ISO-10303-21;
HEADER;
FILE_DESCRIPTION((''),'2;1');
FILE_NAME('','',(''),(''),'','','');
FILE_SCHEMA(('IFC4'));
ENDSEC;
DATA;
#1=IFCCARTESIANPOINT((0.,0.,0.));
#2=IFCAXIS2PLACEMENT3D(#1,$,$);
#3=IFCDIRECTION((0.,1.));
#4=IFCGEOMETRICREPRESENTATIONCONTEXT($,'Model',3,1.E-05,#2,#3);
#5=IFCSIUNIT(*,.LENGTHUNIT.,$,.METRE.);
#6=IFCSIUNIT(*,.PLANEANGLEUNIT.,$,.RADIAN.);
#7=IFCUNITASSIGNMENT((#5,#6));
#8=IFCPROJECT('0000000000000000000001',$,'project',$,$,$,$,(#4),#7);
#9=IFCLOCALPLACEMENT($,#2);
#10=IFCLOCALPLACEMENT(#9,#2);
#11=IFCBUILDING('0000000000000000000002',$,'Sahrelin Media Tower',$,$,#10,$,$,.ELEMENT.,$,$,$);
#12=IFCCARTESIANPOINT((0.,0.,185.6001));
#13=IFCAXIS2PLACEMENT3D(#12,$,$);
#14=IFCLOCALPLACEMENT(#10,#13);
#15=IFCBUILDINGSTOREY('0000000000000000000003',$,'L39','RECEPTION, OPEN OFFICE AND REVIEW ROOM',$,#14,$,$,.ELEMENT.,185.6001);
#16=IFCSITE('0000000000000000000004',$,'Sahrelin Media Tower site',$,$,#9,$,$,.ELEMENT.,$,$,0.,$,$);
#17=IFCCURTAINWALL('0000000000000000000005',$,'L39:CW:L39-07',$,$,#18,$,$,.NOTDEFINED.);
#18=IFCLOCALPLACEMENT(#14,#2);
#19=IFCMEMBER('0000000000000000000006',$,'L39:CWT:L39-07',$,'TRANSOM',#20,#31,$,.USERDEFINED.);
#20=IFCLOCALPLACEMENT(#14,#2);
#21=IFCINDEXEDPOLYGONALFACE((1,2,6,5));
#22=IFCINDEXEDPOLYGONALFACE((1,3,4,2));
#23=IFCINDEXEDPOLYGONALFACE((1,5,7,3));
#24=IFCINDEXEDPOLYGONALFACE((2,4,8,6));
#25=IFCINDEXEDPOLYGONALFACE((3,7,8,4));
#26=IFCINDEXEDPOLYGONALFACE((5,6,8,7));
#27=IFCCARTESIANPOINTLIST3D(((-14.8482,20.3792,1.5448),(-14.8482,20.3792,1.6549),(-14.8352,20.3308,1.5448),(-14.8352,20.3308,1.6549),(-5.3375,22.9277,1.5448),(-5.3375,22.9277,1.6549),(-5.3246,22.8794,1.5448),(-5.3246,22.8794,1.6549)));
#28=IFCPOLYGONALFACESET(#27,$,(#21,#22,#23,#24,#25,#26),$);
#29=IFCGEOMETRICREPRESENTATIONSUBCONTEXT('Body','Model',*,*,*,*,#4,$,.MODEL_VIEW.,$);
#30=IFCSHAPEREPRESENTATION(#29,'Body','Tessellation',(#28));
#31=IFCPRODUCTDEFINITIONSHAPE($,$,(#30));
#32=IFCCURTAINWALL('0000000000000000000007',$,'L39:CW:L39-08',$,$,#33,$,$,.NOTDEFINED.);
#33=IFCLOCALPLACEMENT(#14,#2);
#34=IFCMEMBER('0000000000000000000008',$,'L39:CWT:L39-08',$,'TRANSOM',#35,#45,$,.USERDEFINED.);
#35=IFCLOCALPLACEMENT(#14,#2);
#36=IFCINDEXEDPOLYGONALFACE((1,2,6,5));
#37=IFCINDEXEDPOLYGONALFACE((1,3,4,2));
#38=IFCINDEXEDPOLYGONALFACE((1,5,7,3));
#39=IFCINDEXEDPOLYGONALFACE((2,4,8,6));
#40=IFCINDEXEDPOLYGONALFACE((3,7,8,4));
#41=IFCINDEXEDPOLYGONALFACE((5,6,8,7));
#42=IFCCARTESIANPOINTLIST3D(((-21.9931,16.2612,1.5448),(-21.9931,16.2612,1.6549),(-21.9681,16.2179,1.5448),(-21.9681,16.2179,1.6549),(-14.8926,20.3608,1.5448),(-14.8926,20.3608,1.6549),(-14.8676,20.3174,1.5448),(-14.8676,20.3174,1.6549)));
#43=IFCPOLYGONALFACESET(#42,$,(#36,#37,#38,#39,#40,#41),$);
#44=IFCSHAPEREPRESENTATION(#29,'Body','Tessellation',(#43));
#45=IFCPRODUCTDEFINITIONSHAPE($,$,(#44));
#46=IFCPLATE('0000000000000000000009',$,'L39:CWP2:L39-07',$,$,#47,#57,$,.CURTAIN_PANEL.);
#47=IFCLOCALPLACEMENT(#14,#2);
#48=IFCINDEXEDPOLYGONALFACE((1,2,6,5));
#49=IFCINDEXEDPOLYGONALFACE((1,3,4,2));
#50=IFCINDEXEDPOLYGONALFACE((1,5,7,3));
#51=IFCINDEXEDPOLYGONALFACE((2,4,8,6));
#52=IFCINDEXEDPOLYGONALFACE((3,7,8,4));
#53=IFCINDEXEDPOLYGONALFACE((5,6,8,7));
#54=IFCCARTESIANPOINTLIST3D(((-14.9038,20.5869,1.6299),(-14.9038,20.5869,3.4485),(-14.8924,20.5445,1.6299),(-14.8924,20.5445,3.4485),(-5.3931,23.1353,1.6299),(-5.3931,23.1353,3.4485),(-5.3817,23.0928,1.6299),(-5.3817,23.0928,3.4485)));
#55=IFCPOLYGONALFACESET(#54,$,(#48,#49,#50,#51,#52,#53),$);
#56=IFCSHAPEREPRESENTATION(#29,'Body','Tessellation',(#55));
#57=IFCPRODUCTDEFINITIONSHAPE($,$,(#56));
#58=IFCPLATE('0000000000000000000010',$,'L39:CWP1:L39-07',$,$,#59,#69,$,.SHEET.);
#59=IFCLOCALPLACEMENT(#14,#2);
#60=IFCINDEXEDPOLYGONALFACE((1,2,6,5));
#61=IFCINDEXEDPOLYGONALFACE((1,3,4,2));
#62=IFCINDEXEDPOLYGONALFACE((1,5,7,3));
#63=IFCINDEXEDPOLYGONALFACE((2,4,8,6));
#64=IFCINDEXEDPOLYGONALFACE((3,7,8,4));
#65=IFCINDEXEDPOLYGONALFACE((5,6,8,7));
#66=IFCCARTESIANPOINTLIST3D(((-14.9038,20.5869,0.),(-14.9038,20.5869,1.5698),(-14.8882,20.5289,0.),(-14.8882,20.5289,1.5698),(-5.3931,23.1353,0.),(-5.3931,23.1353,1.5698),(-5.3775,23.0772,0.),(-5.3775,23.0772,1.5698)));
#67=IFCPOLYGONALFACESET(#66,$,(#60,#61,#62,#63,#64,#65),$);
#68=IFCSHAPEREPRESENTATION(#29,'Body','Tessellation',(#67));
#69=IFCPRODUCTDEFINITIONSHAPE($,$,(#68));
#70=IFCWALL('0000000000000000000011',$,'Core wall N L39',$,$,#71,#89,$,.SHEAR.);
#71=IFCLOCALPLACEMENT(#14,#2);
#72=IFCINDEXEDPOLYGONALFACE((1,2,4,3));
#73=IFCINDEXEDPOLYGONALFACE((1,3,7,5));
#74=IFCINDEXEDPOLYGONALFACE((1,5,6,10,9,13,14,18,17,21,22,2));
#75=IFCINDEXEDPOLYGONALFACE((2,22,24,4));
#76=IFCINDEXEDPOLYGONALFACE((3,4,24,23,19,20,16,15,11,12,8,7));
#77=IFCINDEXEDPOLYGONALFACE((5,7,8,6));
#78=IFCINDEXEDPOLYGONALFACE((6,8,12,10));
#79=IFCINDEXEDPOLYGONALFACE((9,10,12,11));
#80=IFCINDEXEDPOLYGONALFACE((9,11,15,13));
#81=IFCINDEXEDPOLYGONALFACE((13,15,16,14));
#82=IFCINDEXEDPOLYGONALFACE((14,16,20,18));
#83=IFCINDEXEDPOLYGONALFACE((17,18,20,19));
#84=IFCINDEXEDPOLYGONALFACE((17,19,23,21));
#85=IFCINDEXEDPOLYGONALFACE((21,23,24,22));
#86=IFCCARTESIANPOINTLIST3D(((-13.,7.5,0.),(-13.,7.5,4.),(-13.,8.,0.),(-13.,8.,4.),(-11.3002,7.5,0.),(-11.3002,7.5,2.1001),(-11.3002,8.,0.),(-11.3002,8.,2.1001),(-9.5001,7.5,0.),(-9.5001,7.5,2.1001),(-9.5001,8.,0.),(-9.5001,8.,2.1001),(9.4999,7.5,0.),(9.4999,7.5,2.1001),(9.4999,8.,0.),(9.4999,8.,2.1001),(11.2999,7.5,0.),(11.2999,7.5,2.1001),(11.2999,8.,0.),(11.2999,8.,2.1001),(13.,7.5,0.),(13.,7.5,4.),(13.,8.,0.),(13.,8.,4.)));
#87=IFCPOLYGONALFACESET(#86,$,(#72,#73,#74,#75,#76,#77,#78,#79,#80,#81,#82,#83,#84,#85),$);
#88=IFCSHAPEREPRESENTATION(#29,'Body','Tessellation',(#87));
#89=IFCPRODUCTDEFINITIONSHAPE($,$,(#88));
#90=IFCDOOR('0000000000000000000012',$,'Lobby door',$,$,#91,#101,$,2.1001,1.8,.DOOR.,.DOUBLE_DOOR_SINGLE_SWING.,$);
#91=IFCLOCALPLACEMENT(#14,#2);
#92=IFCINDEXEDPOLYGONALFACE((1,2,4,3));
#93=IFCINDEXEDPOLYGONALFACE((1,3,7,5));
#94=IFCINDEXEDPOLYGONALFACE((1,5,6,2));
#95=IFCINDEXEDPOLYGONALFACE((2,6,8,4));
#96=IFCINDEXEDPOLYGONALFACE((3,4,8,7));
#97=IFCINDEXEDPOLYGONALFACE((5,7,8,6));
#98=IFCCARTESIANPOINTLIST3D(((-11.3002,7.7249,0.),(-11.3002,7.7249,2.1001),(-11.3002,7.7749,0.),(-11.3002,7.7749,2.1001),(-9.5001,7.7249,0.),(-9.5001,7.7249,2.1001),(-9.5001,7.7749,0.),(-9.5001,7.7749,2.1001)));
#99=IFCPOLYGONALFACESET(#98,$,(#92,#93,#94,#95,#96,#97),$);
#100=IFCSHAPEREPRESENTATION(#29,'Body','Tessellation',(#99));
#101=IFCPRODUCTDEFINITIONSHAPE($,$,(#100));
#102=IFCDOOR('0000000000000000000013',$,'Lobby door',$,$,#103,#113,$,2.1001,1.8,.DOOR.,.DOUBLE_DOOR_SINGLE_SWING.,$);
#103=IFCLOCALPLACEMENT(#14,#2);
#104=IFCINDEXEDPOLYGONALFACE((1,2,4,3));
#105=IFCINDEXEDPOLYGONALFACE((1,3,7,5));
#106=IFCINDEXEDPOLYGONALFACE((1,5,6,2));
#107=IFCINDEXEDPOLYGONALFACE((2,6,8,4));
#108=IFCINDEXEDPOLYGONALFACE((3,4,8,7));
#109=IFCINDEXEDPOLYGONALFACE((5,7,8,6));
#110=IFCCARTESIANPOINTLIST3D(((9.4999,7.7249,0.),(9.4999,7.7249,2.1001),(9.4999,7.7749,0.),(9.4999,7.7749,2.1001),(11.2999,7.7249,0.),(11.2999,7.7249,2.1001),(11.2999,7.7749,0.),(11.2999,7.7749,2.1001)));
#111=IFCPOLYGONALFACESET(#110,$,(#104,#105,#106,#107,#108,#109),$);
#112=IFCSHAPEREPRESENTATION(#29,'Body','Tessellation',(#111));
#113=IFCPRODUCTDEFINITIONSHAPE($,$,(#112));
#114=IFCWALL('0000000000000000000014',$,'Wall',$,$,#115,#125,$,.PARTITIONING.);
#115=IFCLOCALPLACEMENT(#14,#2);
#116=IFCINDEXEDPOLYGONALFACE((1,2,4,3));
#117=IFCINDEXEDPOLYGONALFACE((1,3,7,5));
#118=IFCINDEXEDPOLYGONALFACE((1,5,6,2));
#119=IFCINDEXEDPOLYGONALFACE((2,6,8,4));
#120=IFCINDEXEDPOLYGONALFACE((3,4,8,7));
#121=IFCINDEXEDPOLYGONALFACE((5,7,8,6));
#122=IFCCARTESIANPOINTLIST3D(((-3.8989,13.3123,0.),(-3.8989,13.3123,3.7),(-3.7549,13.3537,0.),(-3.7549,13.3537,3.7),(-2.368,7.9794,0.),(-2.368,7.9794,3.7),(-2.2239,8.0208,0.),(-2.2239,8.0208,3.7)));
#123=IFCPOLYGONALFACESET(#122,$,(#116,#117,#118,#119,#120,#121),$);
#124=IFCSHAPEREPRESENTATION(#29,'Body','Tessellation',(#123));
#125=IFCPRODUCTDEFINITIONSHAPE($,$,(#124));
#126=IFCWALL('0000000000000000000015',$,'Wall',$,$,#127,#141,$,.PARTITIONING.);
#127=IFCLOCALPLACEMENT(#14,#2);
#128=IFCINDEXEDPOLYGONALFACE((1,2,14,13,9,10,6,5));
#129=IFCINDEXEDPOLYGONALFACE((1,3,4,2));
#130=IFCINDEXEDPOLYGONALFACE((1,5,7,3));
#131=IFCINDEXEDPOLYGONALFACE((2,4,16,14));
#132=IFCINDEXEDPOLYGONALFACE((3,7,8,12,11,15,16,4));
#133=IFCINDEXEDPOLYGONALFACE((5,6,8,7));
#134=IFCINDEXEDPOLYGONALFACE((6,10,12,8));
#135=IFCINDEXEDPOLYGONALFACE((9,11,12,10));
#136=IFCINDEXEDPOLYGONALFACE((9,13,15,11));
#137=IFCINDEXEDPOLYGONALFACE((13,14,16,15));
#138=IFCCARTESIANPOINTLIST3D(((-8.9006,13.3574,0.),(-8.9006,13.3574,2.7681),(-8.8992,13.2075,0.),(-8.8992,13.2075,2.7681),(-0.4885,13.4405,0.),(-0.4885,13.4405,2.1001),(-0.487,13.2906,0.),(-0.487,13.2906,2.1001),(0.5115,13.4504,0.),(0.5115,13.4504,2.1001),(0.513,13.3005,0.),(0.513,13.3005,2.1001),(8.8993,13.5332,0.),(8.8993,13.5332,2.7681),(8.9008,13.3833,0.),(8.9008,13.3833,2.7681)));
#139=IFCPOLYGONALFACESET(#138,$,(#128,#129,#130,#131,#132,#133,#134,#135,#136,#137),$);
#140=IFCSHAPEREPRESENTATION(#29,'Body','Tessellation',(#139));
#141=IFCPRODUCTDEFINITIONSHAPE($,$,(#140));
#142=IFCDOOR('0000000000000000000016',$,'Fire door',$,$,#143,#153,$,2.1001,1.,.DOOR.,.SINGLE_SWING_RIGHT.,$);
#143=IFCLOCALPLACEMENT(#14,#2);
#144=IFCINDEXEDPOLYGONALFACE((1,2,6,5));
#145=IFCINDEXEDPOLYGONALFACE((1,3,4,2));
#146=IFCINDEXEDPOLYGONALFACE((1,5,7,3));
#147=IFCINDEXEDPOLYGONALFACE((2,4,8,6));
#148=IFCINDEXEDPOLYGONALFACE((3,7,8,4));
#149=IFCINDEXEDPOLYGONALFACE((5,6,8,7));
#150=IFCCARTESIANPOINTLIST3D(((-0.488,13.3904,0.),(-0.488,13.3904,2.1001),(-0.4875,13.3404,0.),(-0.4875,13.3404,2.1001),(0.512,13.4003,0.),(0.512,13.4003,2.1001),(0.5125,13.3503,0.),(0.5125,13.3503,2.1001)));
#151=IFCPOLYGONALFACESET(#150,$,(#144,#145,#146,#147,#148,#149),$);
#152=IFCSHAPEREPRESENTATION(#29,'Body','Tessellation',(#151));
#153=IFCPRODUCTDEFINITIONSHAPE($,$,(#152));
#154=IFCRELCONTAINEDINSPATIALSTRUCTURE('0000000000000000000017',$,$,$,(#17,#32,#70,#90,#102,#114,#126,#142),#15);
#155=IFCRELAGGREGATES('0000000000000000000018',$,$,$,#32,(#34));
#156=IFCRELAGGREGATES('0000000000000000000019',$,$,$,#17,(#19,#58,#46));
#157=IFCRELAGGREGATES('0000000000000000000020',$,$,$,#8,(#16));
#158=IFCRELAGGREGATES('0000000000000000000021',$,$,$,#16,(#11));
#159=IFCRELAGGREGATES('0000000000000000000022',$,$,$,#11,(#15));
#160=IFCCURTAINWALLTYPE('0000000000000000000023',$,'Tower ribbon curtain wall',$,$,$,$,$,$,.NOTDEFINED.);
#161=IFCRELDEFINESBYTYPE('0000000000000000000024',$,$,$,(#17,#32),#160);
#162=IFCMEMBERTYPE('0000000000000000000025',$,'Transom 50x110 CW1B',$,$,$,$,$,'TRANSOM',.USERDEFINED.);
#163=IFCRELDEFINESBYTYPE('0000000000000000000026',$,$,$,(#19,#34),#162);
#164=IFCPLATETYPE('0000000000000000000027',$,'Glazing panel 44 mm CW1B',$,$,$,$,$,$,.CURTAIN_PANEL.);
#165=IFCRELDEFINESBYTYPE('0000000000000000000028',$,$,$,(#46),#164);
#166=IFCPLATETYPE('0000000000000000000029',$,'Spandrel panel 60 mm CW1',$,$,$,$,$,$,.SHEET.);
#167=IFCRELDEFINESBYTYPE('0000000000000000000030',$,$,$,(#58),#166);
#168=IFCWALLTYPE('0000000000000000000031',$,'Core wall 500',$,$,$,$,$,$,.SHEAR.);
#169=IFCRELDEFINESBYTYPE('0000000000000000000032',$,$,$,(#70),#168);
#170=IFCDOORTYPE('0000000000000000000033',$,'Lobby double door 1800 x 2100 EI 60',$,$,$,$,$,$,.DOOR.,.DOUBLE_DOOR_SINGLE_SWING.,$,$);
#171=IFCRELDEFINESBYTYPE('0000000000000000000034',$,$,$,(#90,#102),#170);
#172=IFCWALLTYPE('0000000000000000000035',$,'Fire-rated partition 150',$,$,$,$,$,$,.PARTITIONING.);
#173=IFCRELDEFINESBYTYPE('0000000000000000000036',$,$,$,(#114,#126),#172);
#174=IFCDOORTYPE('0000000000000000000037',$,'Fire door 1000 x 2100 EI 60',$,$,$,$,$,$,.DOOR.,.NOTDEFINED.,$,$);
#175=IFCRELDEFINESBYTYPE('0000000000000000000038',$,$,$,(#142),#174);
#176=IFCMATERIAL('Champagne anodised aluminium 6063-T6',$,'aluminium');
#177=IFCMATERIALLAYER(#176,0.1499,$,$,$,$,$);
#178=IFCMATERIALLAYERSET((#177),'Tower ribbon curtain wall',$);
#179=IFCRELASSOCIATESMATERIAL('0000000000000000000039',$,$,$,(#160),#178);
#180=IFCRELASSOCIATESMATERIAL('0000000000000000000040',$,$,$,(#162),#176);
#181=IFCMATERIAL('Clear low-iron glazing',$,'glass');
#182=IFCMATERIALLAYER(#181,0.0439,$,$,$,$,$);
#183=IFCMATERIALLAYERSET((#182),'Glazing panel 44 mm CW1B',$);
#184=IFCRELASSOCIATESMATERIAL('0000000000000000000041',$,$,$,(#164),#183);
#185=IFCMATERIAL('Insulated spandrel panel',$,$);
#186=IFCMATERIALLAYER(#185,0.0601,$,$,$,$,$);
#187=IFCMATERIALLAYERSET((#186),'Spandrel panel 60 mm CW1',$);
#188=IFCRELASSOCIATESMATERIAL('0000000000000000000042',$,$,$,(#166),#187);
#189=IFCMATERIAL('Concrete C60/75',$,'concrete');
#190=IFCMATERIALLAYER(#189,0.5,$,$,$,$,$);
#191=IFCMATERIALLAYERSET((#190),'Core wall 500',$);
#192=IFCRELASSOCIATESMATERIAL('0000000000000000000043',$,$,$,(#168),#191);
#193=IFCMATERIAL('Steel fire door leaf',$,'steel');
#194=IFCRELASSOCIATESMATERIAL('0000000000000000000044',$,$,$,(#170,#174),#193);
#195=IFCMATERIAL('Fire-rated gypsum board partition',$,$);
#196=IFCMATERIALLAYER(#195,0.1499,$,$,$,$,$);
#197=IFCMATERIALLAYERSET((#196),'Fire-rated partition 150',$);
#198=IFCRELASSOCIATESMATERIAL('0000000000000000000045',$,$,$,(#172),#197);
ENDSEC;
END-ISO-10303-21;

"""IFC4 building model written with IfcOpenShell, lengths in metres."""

from ifc_helpers import new_model, si_unit, direction, frame, frame_2d, origin, origin_2d, place, context, subcontext, project, spatial, polyline, rectangle, outline, extrude, material, layer, layer_set, material_profile, profile_set, type_object, element, fill, aggregate, save


model = new_model("IFC4")

# Units and contexts
model_context = context("Model", 3, precision=1e-05, world=origin(), true_north=direction((0.0, 1.0)))
body_context = subcontext(model_context, "Body", "Model", "MODEL_VIEW")
ifc_project = project(units=[si_unit("LENGTHUNIT", "METRE"), si_unit("PLANEANGLEUNIT", "RADIAN")], contexts=[model_context])

# Site, building, storey
site_placement = place(None, origin())
site = spatial("IfcSite", under=ifc_project, at=site_placement, Name="Sahrelin Media Tower site", CompositionType="ELEMENT", RefElevation=0.0)
building_placement = place(site_placement, origin())
building = spatial("IfcBuilding", under=site, at=building_placement, Name="Sahrelin Media Tower", CompositionType="ELEMENT")
storey_placement = place(building_placement, frame((0.0, 0.0, 185.6001)))
storey = spatial("IfcBuildingStorey", under=building, at=storey_placement, Name="L39", Description="RECEPTION, OPEN OFFICE AND REVIEW ROOM", CompositionType="ELEMENT", Elevation=185.6001)

# Curtain wall
ifc_material_1 = material(Name="Champagne anodised aluminium 6063-T6", Category="aluminium")
ifc_layer_1 = layer(ifc_material_1, 0.1499)
ifc_layer_set_1 = layer_set([ifc_layer_1], Name="Tower ribbon curtain wall")
curtain_wall_type = type_object("IfcCurtainWallType", Name="Tower ribbon curtain wall", PredefinedType="NOTDEFINED", material=ifc_layer_set_1)
curtain_wall_1_placement = place(storey_placement, frame((-10.1433, 21.8418, 0.0), z_axis=(0.0, 0.0, 1.0), x_axis=(1.0, 0.0, 0.0)))
curtain_wall_1 = element("IfcCurtainWall", 1, at=curtain_wall_1_placement, inside=storey, type_object=curtain_wall_type, Name="L39:CW:L39-07", PredefinedType="NOTDEFINED")

# Member
ifc_material_profile_1 = material_profile(ifc_material_1, rectangle(XDim=0.05, YDim=0.1101, at=origin_2d()), Name="Transom 50x110")
ifc_profile_set_1 = profile_set([ifc_material_profile_1], Name="Champagne anodised aluminium 6063-T6")
member_type_1 = type_object("IfcMemberType", Name="Transom 50x110 CW1B", ElementType="TRANSOM", PredefinedType="USERDEFINED", material=ifc_profile_set_1)
member_1_placement = place(storey_placement, frame((-5.3311, 22.9036, 1.5999), z_axis=(-0.965921, -0.258837, 0.0), x_axis=(0.258837, -0.965921, 0.0)))
member_1 = element("IfcMember", 2, at=member_1_placement, type_object=member_type_1, Name="L39:CWT:L39-07", ObjectType="TRANSOM", PredefinedType="USERDEFINED", context=body_context, shape_type="SweptSolid", body=[
    extrude(rectangle(XDim=0.05, YDim=0.1101, at=origin_2d()), origin(), (0.0, 0.0, 1.0), 9.8462),
])

# Curtain wall, member
curtain_wall_2_placement = place(storey_placement, frame((-18.5403, 18.4797, 0.0), z_axis=(0.0, 0.0, 1.0), x_axis=(1.0, 0.0, 0.0)))
curtain_wall_2 = element("IfcCurtainWall", 3, at=curtain_wall_2_placement, inside=storey, type_object=curtain_wall_type, Name="L39:CW:L39-08", PredefinedType="NOTDEFINED")
member_2_placement = place(storey_placement, frame((-14.8801, 20.3391, 1.5999), z_axis=(-0.866021, -0.500008, 0.0), x_axis=(0.500008, -0.866021, 0.0)))
member_2 = element("IfcMember", 4, at=member_2_placement, type_object=member_type_1, Name="L39:CWT:L39-08", ObjectType="TRANSOM", PredefinedType="USERDEFINED", context=body_context, shape_type="SweptSolid", body=[
    extrude(rectangle(XDim=0.05, YDim=0.1101, at=origin_2d()), origin(), (0.0, 0.0, 1.0), 8.199),
])
aggregate(curtain_wall_2, [member_2])

# Plates
ifc_material_2 = material(Name="Clear low-iron glazing", Category="glass")
ifc_layer_2 = layer(ifc_material_2, 0.0439)
ifc_layer_set_2 = layer_set([ifc_layer_2], Name="Glazing panel 44 mm CW1B")
plate_type_1 = type_object("IfcPlateType", Name="Glazing panel 44 mm CW1B", PredefinedType="CURTAIN_PANEL", material=ifc_layer_set_2)
plate_1_placement = place(storey_placement, frame((-5.3931, 23.1353, 1.6299), z_axis=(-0.258814, 0.965927, 0.0), x_axis=(-0.965927, -0.258814, 0.0)))
plate_1 = element("IfcPlate", 5, at=plate_1_placement, type_object=plate_type_1, Name="L39:CWP2:L39-07", PredefinedType="CURTAIN_PANEL", context=body_context, shape_type="SweptSolid", body=[
    extrude(outline(polyline([(0.0, 0.0), (9.8462, 0.0), (9.8462, 1.8186), (0.0, 1.8186), (0.0, 0.0)])), origin(), (0.0, 0.0, -1.0), 0.0439),
])
ifc_material_3 = material(Name="Insulated spandrel panel")
ifc_layer_3 = layer(ifc_material_3, 0.0601)
ifc_layer_set_3 = layer_set([ifc_layer_3], Name="Spandrel panel 60 mm CW1")
plate_type_2 = type_object("IfcPlateType", Name="Spandrel panel 60 mm CW1", PredefinedType="SHEET", material=ifc_layer_set_3)
plate_2_placement = place(storey_placement, frame((-5.3931, 23.1353, 0.0), z_axis=(-0.258814, 0.965927, 0.0), x_axis=(-0.965927, -0.258814, 0.0)))
plate_2 = element("IfcPlate", 6, at=plate_2_placement, type_object=plate_type_2, Name="L39:CWP1:L39-07", PredefinedType="SHEET", context=body_context, shape_type="SweptSolid", body=[
    extrude(outline(polyline([(0.0, 0.0), (9.8462, 0.0), (9.8462, 1.5698), (0.0, 1.5698), (0.0, 0.0)])), origin(), (0.0, 0.0, -1.0), 0.0601),
])
aggregate(curtain_wall_1, [member_1, plate_2, plate_1])

# Wall, openings, doors
ifc_material_4 = material(Name="Concrete C60/75", Category="concrete")
ifc_layer_4 = layer(ifc_material_4, 0.5)
ifc_layer_set_4 = layer_set([ifc_layer_4], Name="Core wall 500")
wall_type_1 = type_object("IfcWallType", Name="Core wall 500", PredefinedType="SHEAR", material=ifc_layer_set_4)
wall_1_placement = place(storey_placement, frame((-13.0, 7.75, 0.0), z_axis=(0.0, 0.0, 1.0), x_axis=(1.0, 0.0, 0.0)))
wall_1 = element("IfcWall", 7, at=wall_1_placement, inside=storey, type_object=wall_type_1, Name="Core wall N L39", PredefinedType="SHEAR", context=body_context, shape_type="SweptSolid", body=[
    extrude(rectangle(XDim=26.0, YDim=0.5, at=frame_2d((13.0, 0.0))), origin(), (0.0, 0.0, 1.0), 4.0),
])
opening_1_placement = place(wall_1_placement, frame((1.7, 0.0, 0.0)))
opening_1 = element("IfcOpeningElement", 8, at=opening_1_placement, cuts=wall_1, PredefinedType="OPENING", context=body_context, shape_type="SweptSolid", body=[
    extrude(rectangle(XDim=1.8, YDim=2.1001, at=frame_2d((0.8999, 1.05))), frame((0.0, 0.25, 0.0), z_axis=(0.0, -1.0, 0.0), x_axis=(1.0, 0.0, 0.0)), (0.0, 0.0, 1.0), 0.5),
])
opening_2_placement = place(wall_1_placement, frame((22.5, 0.0, 0.0)))
opening_2 = element("IfcOpeningElement", 9, at=opening_2_placement, cuts=wall_1, PredefinedType="OPENING", context=body_context, shape_type="SweptSolid", body=[
    extrude(rectangle(XDim=1.8, YDim=2.1001, at=frame_2d((0.8999, 1.05))), frame((0.0, 0.25, 0.0), z_axis=(0.0, -1.0, 0.0), x_axis=(1.0, 0.0, 0.0)), (0.0, 0.0, 1.0), 0.5),
])
ifc_material_5 = material(Name="Steel fire door leaf", Category="steel")
door_type_1 = type_object("IfcDoorType", Name="Lobby double door 1800 x 2100 EI 60", OperationType="DOUBLE_DOOR_SINGLE_SWING", PredefinedType="DOOR", material=ifc_material_5)
door_1_placement = place(opening_1_placement, origin())
door_1 = element("IfcDoor", 10, at=door_1_placement, inside=storey, type_object=door_type_1, Name="Lobby door", OperationType="DOUBLE_DOOR_SINGLE_SWING", OverallHeight=2.1001, OverallWidth=1.8, PredefinedType="DOOR", context=body_context, shape_type="SweptSolid", body=[
    extrude(rectangle(XDim=1.8, YDim=2.1001, at=frame_2d((0.8999, 1.05))), frame((0.0, 0.0249, 0.0), z_axis=(0.0, -1.0, 0.0), x_axis=(1.0, 0.0, 0.0)), (0.0, 0.0, 1.0), 0.05),
])
fill(opening_1, door_1)
door_2_placement = place(opening_2_placement, origin())
door_2 = element("IfcDoor", 11, at=door_2_placement, inside=storey, type_object=door_type_1, Name="Lobby door", OperationType="DOUBLE_DOOR_SINGLE_SWING", OverallHeight=2.1001, OverallWidth=1.8, PredefinedType="DOOR", context=body_context, shape_type="SweptSolid", body=[
    extrude(rectangle(XDim=1.8, YDim=2.1001, at=frame_2d((0.8999, 1.05))), frame((0.0, 0.0249, 0.0), z_axis=(0.0, -1.0, 0.0), x_axis=(1.0, 0.0, 0.0)), (0.0, 0.0, 1.0), 0.05),
])
fill(opening_2, door_2)

# Wall
ifc_material_6 = material(Name="Fire-rated gypsum board partition")
ifc_layer_5 = layer(ifc_material_6, 0.1499)
ifc_layer_set_5 = layer_set([ifc_layer_5], Name="Fire-rated partition 150")
wall_type_2 = type_object("IfcWallType", Name="Fire-rated partition 150", PredefinedType="PARTITIONING", material=ifc_layer_set_5)
wall_2_placement = place(storey_placement, frame((-3.8269, 13.333, 0.0), z_axis=(0.0, 0.0, 1.0), x_axis=(0.275936, -0.961176, 0.0)))
element("IfcWall", 12, at=wall_2_placement, inside=storey, type_object=wall_type_2, Name="Wall", PredefinedType="PARTITIONING", context=body_context, shape_type="SweptSolid", body=[
    extrude(rectangle(XDim=5.5483, YDim=0.1499, at=frame_2d((2.7742, 0.0))), origin(), (0.0, 0.0, 1.0), 3.7),
])

# Wall, opening, door
wall_3_placement = place(storey_placement, frame((-8.8999, 13.2825, 0.0), z_axis=(0.0, 0.0, 1.0), x_axis=(0.999951, 0.009875, 0.0)))
wall_3 = element("IfcWall", 13, at=wall_3_placement, inside=storey, type_object=wall_type_2, Name="Wall", PredefinedType="PARTITIONING", context=body_context, shape_type="SweptSolid", body=[
    extrude(rectangle(XDim=17.8008, YDim=0.1499, at=frame_2d((8.9004, 0.0))), origin(), (0.0, 0.0, 1.0), 2.7681),
])
opening_3_placement = place(wall_3_placement, frame((8.4126, 0.0, 0.0)))
opening_3 = element("IfcOpeningElement", 14, at=opening_3_placement, cuts=wall_3, PredefinedType="OPENING", context=body_context, shape_type="SweptSolid", body=[
    extrude(rectangle(XDim=1.0, YDim=2.1001, at=frame_2d((0.5, 1.05))), frame((0.0, 0.075, 0.0), z_axis=(0.0, -1.0, 0.0), x_axis=(1.0, 0.0, 0.0)), (0.0, 0.0, 1.0), 0.1499),
])
door_type_2 = type_object("IfcDoorType", Name="Fire door 1000 x 2100 EI 60", OperationType="NOTDEFINED", PredefinedType="DOOR", material=ifc_material_5)
door_3_placement = place(opening_3_placement, origin())
door_3 = element("IfcDoor", 15, at=door_3_placement, inside=storey, type_object=door_type_2, Name="Fire door", OperationType="SINGLE_SWING_RIGHT", OverallHeight=2.1001, OverallWidth=1.0, PredefinedType="DOOR", context=body_context, shape_type="SweptSolid", body=[
    extrude(rectangle(XDim=1.0, YDim=2.1001, at=frame_2d((0.5, 1.05))), frame((0.0, 0.0249, 0.0), z_axis=(0.0, -1.0, 0.0), x_axis=(1.0, 0.0, 0.0)), (0.0, 0.0, 1.0), 0.05),
])
fill(opening_3, door_3)

save(model, "model.ifc")
